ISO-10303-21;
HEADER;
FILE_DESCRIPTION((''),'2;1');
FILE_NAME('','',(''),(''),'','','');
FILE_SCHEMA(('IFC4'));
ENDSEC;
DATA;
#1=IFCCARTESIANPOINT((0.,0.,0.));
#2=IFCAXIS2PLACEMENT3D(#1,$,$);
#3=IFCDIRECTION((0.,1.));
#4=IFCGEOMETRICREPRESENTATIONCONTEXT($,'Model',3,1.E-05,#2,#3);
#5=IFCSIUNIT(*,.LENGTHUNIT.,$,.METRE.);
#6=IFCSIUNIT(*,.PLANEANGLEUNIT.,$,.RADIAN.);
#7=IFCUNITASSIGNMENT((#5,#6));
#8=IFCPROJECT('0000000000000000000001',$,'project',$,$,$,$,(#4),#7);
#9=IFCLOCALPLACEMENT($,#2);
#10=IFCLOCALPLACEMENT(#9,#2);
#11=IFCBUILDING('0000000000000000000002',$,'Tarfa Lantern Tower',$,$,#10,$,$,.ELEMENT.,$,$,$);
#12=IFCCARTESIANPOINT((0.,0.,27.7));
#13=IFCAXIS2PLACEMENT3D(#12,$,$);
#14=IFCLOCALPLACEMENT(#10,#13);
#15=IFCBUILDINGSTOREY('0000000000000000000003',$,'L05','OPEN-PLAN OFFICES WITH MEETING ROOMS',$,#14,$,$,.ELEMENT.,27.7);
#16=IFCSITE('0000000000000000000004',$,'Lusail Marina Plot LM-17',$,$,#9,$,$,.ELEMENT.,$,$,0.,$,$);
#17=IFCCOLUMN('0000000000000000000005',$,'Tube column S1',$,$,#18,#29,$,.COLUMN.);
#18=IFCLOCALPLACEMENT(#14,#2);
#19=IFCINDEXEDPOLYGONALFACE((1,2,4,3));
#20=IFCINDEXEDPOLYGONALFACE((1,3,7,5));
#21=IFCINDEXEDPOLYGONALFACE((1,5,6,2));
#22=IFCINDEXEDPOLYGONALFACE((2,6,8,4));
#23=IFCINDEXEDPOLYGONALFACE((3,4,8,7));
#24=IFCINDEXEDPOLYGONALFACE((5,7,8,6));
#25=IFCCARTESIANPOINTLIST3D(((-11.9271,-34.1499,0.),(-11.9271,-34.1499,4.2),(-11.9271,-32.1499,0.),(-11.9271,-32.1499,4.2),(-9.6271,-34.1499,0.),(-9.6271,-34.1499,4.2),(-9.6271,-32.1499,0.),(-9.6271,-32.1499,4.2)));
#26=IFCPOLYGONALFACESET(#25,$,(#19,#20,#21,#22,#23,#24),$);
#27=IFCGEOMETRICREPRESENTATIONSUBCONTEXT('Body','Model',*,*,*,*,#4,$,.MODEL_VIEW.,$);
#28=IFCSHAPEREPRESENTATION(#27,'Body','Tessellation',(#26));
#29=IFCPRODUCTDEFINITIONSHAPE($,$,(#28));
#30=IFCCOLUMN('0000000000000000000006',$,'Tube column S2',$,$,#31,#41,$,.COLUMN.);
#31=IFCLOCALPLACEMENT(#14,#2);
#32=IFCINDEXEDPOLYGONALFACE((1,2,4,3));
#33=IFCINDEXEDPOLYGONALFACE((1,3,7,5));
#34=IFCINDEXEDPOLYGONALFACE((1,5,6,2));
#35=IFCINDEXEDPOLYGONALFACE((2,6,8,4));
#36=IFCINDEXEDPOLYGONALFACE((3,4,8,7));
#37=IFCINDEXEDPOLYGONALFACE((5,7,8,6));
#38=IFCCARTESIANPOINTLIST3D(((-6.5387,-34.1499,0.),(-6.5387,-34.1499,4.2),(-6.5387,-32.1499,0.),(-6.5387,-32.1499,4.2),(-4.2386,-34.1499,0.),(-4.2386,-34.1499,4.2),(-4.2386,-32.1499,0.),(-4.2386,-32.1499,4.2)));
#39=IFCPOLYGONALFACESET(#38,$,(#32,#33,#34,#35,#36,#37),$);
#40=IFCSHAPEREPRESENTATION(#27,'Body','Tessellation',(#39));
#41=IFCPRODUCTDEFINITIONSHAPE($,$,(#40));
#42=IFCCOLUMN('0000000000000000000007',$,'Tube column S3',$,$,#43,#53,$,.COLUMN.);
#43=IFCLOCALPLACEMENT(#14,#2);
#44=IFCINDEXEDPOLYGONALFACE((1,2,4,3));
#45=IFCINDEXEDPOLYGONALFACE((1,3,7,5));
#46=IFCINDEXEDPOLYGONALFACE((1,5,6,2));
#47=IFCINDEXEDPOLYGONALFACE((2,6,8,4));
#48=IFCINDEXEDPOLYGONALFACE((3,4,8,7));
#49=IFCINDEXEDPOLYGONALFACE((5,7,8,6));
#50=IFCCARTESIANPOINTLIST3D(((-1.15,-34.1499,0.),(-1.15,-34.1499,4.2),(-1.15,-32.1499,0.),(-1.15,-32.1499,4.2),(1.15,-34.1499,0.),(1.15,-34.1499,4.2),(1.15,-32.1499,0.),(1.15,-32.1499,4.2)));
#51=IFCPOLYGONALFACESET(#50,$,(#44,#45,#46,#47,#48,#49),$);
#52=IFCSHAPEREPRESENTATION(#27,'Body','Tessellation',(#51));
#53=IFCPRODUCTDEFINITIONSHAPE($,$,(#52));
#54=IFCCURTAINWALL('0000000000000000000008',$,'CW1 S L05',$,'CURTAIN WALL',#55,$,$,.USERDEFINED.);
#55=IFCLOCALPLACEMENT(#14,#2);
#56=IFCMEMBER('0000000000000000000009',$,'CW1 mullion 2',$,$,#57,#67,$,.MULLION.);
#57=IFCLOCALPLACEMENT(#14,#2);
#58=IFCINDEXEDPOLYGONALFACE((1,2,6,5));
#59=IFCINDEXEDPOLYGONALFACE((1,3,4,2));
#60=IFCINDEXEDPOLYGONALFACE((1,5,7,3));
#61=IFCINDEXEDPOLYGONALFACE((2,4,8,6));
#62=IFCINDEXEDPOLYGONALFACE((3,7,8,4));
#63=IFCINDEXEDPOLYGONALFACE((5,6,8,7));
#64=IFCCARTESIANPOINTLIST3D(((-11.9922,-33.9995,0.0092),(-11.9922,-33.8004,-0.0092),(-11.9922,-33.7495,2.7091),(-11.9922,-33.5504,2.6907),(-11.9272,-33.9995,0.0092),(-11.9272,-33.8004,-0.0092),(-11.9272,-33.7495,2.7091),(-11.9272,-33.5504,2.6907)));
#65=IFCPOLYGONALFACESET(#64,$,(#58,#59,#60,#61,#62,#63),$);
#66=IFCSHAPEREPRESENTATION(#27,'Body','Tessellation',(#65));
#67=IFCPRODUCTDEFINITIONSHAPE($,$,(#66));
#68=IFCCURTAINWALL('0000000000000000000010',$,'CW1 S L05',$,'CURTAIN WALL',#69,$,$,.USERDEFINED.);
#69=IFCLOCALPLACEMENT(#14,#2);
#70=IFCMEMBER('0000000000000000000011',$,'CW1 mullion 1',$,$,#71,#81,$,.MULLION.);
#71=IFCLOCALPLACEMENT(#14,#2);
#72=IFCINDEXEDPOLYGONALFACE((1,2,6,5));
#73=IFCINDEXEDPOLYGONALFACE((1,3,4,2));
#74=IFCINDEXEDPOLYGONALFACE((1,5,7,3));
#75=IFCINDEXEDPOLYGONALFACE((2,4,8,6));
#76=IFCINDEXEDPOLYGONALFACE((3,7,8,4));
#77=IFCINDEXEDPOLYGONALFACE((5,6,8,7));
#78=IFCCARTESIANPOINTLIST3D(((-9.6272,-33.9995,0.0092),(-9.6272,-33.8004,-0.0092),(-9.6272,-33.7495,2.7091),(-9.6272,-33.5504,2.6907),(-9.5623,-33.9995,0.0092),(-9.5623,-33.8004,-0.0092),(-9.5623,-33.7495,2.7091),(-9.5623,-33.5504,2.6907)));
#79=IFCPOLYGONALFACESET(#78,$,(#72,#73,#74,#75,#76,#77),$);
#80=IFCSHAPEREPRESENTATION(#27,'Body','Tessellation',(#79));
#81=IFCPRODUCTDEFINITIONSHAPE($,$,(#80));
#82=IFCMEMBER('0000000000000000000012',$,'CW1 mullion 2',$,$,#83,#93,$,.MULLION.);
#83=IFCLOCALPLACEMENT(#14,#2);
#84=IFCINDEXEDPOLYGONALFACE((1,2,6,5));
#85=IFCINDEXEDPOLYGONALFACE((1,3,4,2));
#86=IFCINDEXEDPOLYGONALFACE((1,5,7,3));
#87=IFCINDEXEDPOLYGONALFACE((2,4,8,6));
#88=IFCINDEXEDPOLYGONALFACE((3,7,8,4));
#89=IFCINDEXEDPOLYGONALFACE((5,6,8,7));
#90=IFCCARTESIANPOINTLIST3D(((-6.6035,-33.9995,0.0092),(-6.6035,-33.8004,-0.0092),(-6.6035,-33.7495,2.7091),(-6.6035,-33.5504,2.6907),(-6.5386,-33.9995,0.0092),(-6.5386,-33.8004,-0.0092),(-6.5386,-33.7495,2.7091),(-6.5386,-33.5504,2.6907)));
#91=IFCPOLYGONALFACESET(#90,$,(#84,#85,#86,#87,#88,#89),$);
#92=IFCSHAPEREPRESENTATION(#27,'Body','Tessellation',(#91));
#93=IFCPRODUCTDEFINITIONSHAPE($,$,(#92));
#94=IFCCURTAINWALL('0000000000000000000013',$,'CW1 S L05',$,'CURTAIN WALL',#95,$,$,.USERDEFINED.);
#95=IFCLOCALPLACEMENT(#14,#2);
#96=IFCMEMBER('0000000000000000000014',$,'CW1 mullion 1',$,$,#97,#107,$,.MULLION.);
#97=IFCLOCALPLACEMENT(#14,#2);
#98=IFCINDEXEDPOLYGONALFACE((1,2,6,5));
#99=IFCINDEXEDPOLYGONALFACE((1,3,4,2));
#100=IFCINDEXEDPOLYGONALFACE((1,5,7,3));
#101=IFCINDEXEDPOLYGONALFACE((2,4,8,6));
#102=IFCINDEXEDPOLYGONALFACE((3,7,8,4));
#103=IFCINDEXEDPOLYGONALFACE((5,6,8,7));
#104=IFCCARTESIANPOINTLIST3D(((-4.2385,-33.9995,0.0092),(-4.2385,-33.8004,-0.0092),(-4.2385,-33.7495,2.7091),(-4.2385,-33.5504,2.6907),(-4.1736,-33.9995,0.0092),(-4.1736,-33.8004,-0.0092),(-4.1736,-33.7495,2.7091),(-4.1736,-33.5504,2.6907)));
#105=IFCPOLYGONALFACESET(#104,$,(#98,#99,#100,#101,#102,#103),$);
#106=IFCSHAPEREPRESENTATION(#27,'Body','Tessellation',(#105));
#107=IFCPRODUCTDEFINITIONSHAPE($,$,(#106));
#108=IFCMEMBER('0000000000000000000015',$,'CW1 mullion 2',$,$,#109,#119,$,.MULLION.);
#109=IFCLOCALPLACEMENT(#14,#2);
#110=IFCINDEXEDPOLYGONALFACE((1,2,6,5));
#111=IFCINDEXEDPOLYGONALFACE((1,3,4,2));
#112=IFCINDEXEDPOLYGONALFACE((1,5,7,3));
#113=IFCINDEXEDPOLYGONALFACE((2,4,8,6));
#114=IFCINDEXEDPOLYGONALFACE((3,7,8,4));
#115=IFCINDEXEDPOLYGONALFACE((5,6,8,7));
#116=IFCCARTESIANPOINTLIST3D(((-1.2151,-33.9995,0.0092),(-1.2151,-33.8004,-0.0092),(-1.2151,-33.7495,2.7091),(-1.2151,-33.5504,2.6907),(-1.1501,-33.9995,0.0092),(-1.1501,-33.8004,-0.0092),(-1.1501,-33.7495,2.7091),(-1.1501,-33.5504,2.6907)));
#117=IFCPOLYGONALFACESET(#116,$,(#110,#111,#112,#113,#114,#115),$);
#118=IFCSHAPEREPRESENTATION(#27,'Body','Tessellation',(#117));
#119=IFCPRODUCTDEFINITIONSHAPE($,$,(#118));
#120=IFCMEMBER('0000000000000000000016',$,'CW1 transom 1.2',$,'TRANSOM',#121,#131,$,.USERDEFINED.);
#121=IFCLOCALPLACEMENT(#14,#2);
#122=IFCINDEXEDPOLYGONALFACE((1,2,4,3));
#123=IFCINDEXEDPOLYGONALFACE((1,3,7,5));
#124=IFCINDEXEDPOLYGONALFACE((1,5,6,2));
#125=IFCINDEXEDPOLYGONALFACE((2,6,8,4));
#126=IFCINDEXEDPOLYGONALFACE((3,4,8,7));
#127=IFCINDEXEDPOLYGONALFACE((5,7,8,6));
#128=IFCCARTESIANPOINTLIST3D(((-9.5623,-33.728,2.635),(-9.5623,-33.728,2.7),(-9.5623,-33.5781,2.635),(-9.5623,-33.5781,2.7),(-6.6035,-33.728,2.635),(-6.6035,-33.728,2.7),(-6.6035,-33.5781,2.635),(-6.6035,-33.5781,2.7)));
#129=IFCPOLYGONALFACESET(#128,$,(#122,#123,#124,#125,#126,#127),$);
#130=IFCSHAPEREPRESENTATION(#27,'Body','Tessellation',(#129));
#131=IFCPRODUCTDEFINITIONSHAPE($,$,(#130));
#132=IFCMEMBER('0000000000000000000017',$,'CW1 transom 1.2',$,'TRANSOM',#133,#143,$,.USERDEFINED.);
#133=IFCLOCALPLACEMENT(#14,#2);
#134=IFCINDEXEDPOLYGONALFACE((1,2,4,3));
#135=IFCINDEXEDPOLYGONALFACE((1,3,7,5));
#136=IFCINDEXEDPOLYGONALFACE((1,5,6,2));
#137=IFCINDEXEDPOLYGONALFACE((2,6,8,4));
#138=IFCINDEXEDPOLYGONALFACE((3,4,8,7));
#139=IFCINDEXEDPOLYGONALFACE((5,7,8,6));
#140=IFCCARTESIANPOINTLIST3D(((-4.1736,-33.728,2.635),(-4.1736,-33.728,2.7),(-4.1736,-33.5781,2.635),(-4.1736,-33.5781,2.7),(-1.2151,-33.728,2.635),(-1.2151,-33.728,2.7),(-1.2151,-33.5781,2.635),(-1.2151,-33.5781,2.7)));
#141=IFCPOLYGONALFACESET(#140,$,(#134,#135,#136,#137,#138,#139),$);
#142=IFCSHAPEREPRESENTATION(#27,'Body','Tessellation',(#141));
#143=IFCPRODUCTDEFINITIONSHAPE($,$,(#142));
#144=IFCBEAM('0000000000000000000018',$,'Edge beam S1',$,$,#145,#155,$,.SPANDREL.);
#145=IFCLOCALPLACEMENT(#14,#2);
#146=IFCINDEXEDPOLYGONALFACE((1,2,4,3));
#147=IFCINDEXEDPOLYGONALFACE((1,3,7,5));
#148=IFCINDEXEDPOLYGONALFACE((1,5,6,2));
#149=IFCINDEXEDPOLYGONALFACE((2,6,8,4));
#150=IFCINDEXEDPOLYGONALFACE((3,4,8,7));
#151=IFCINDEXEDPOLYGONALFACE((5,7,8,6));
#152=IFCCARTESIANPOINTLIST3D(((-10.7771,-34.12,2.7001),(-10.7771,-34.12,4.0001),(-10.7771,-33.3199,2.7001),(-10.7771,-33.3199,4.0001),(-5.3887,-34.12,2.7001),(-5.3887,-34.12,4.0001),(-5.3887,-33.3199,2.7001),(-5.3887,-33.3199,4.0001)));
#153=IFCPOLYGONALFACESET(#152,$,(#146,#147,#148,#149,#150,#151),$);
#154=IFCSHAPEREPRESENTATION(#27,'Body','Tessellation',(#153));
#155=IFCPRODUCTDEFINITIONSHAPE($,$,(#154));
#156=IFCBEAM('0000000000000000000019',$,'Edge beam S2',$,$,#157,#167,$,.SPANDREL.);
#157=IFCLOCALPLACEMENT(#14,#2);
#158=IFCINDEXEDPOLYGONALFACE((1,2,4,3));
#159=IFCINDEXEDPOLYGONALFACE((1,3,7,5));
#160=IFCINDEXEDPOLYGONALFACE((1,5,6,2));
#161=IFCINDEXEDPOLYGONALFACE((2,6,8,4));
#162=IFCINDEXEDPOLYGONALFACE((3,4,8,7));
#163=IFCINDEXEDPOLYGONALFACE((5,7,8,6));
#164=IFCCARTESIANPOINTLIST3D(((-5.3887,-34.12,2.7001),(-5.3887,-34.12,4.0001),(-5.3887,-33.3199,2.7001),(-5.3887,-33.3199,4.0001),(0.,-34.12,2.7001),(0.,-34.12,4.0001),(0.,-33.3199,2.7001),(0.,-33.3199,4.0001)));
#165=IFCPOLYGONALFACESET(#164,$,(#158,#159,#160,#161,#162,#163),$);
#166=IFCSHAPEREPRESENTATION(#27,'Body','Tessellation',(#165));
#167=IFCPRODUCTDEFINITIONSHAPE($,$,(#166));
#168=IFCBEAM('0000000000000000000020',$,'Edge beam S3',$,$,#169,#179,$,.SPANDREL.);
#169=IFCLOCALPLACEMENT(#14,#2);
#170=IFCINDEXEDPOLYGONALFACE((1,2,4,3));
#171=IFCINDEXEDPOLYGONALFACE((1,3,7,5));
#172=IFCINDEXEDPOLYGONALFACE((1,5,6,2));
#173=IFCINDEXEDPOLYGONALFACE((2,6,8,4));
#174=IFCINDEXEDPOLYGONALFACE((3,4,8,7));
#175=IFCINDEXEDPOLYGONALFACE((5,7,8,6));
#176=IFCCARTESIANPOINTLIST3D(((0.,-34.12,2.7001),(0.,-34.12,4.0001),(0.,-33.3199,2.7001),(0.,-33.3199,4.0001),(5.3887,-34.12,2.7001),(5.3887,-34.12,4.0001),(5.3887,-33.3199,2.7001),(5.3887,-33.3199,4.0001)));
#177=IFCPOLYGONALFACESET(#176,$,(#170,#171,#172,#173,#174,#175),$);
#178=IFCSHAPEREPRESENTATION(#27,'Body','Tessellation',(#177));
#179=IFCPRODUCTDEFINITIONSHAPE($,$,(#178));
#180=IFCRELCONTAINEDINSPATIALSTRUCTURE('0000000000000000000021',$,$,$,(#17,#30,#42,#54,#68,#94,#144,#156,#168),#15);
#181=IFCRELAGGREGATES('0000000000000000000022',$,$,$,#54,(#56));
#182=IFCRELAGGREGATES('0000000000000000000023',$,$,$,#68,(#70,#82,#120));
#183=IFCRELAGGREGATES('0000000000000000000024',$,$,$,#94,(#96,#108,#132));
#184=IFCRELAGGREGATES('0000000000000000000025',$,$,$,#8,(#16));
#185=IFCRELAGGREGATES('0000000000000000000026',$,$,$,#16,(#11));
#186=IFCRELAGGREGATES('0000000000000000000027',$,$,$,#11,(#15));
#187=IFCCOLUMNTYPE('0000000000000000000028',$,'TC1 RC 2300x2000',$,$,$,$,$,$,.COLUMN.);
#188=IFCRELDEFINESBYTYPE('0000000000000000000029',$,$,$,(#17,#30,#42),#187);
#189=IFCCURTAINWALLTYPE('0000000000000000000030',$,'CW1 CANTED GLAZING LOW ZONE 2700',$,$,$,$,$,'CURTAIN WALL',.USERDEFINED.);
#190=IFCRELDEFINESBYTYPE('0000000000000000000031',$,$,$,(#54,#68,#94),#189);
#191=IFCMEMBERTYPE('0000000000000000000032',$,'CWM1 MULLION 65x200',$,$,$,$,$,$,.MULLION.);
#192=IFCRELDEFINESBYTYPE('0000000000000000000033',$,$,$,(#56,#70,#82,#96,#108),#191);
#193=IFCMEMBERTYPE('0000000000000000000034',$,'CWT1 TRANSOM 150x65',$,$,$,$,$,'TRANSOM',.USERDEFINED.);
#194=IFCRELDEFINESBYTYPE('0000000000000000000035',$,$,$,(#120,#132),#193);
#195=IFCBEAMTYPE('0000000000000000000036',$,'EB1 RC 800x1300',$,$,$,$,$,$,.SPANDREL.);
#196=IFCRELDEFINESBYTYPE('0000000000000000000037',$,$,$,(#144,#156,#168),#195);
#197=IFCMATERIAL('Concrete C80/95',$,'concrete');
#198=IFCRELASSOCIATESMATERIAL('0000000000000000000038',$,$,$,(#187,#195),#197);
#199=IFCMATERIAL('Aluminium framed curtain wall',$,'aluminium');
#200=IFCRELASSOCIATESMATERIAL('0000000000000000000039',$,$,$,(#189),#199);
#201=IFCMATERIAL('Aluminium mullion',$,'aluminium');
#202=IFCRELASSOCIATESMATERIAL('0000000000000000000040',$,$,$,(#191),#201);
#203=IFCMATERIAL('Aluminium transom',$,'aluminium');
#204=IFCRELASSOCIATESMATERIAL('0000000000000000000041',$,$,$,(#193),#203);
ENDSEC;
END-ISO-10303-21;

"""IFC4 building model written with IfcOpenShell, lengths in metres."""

from ifc_helpers import new_model, si_unit, direction, frame, origin, origin_2d, place, context, subcontext, project, spatial, rectangle, extrude, material, material_profile, profile_set, type_object, element, aggregate, save


model = new_model("IFC4")

# Units and contexts
model_context = context("Model", 3, precision=1e-05, world=origin(), true_north=direction((0.0, 1.0)))
body_context = subcontext(model_context, "Body", "Model", "MODEL_VIEW")
ifc_project = project(units=[si_unit("LENGTHUNIT", "METRE"), si_unit("PLANEANGLEUNIT", "RADIAN")], contexts=[model_context])

# Site, building, storey
site_placement = place(None, origin())
site = spatial("IfcSite", under=ifc_project, at=site_placement, Name="Lusail Marina Plot LM-17", CompositionType="ELEMENT", RefElevation=0.0)
building_placement = place(site_placement, origin())
building = spatial("IfcBuilding", under=site, at=building_placement, Name="Tarfa Lantern Tower", CompositionType="ELEMENT")
storey_placement = place(building_placement, frame((0.0, 0.0, 27.7)))
storey = spatial("IfcBuildingStorey", under=building, at=storey_placement, Name="L05", Description="OPEN-PLAN OFFICES WITH MEETING ROOMS", CompositionType="ELEMENT", Elevation=27.7)

# Columns
ifc_material_1 = material(Name="Concrete C80/95", Category="concrete")
ifc_material_profile_1 = material_profile(ifc_material_1, rectangle(XDim=2.3, YDim=2.0, at=origin_2d()), Name="RC 2300x2000")
ifc_profile_set_1 = profile_set([ifc_material_profile_1], Name="Concrete C80/95")
column_type = type_object("IfcColumnType", Name="TC1 RC 2300x2000", PredefinedType="COLUMN", material=ifc_profile_set_1)
for number, where, z_axis, x_axis, name in (
    (1, (-10.7771, -33.1499, 0.0), (0.0, 0.0, 1.0), (1.0, 0.0, 0.0), "Tube column S1"),
    (2, (-5.3887, -33.1499, 0.0), (0.0, 0.0, 1.0), (1.0, 0.0, 0.0), "Tube column S2"),
    (3, (0.0, -33.1499, 0.0), (0.0, 0.0, 1.0), (1.0, 0.0, 0.0), "Tube column S3"),
):
    element("IfcColumn", number, at=place(storey_placement, frame(where, z_axis=z_axis, x_axis=x_axis)), inside=storey, type_object=column_type, Name=name, PredefinedType="COLUMN", context=body_context, shape_type="SweptSolid", body=[
        extrude(rectangle(XDim=2.3, YDim=2.0, at=origin_2d()), origin(), (0.0, 0.0, 1.0), 4.2),
    ])

# Curtain wall, member
ifc_material_2 = material(Name="Aluminium framed curtain wall", Category="aluminium")
curtain_wall_type = type_object("IfcCurtainWallType", Name="CW1 CANTED GLAZING LOW ZONE 2700", ElementType="CURTAIN WALL", PredefinedType="USERDEFINED", material=ifc_material_2)
curtain_wall_1_placement = place(storey_placement, origin())
curtain_wall_1 = element("IfcCurtainWall", 4, at=curtain_wall_1_placement, inside=storey, type_object=curtain_wall_type, Name="CW1 S L05", ObjectType="CURTAIN WALL", PredefinedType="USERDEFINED")
ifc_material_3 = material(Name="Aluminium mullion", Category="aluminium")
ifc_material_profile_2 = material_profile(ifc_material_3, rectangle(XDim=0.0649, YDim=0.2, at=origin_2d()), Name="AL MULLION 65x200")
ifc_profile_set_2 = profile_set([ifc_material_profile_2], Name="Aluminium mullion")
member_type_1 = type_object("IfcMemberType", Name="CWM1 MULLION 65x200", PredefinedType="MULLION", material=ifc_profile_set_2)
member_1_placement = place(storey_placement, frame((-11.9597, -33.8999, 0.0), z_axis=(0.0, 0.0922, 0.995741), x_axis=(-1.0, 0.0, 0.0)))
member_1 = element("IfcMember", 5, at=member_1_placement, type_object=member_type_1, Name="CW1 mullion 2", PredefinedType="MULLION", context=body_context, shape_type="SweptSolid", body=[
    extrude(rectangle(XDim=0.0649, YDim=0.2, at=origin_2d()), origin(), (0.0, 0.0, 1.0), 2.7114),
])
aggregate(curtain_wall_1, [member_1])

# Curtain walls, members
curtain_wall_2_placement = place(storey_placement, origin())
curtain_wall_2 = element("IfcCurtainWall", 6, at=curtain_wall_2_placement, inside=storey, type_object=curtain_wall_type, Name="CW1 S L05", ObjectType="CURTAIN WALL", PredefinedType="USERDEFINED")
member_2_placement = place(storey_placement, frame((-9.5947, -33.8999, 0.0), z_axis=(0.0, 0.0922, 0.995741), x_axis=(-1.0, 0.0, 0.0)))
member_2 = element("IfcMember", 7, at=member_2_placement, type_object=member_type_1, Name="CW1 mullion 1", PredefinedType="MULLION", context=body_context, shape_type="SweptSolid", body=[
    extrude(rectangle(XDim=0.0649, YDim=0.2, at=origin_2d()), origin(), (0.0, 0.0, 1.0), 2.7114),
])
member_3_placement = place(storey_placement, frame((-6.571, -33.8999, 0.0), z_axis=(0.0, 0.0922, 0.995741), x_axis=(-1.0, 0.0, 0.0)))
member_3 = element("IfcMember", 8, at=member_3_placement, type_object=member_type_1, Name="CW1 mullion 2", PredefinedType="MULLION", context=body_context, shape_type="SweptSolid", body=[
    extrude(rectangle(XDim=0.0649, YDim=0.2, at=origin_2d()), origin(), (0.0, 0.0, 1.0), 2.7114),
])
curtain_wall_3_placement = place(storey_placement, origin())
curtain_wall_3 = element("IfcCurtainWall", 9, at=curtain_wall_3_placement, inside=storey, type_object=curtain_wall_type, Name="CW1 S L05", ObjectType="CURTAIN WALL", PredefinedType="USERDEFINED")
member_4_placement = place(storey_placement, frame((-4.2061, -33.8999, 0.0), z_axis=(0.0, 0.0922, 0.995741), x_axis=(-1.0, 0.0, 0.0)))
member_4 = element("IfcMember", 10, at=member_4_placement, type_object=member_type_1, Name="CW1 mullion 1", PredefinedType="MULLION", context=body_context, shape_type="SweptSolid", body=[
    extrude(rectangle(XDim=0.0649, YDim=0.2, at=origin_2d()), origin(), (0.0, 0.0, 1.0), 2.7114),
])
member_5_placement = place(storey_placement, frame((-1.1826, -33.8999, 0.0), z_axis=(0.0, 0.0922, 0.995741), x_axis=(-1.0, 0.0, 0.0)))
member_5 = element("IfcMember", 11, at=member_5_placement, type_object=member_type_1, Name="CW1 mullion 2", PredefinedType="MULLION", context=body_context, shape_type="SweptSolid", body=[
    extrude(rectangle(XDim=0.0649, YDim=0.2, at=origin_2d()), origin(), (0.0, 0.0, 1.0), 2.7114),
])

# Members
ifc_material_4 = material(Name="Aluminium transom", Category="aluminium")
ifc_material_profile_3 = material_profile(ifc_material_4, rectangle(XDim=0.1499, YDim=0.0649, at=origin_2d()), Name="AL TRANSOM 150x65")
ifc_profile_set_3 = profile_set([ifc_material_profile_3], Name="Aluminium transom")
member_type_2 = type_object("IfcMemberType", Name="CWT1 TRANSOM 150x65", ElementType="TRANSOM", PredefinedType="USERDEFINED", material=ifc_profile_set_3)
member_6_placement = place(storey_placement, frame((-9.5623, -33.6531, 2.6675), z_axis=(1.0, 0.0, 0.0), x_axis=(0.0, 1.0, 0.0)))
member_6 = element("IfcMember", 12, at=member_6_placement, type_object=member_type_2, Name="CW1 transom 1.2", ObjectType="TRANSOM", PredefinedType="USERDEFINED", context=body_context, shape_type="SweptSolid", body=[
    extrude(rectangle(XDim=0.1499, YDim=0.0649, at=origin_2d()), origin(), (0.0, 0.0, 1.0), 2.9587),
])
member_7_placement = place(storey_placement, frame((-4.1736, -33.6531, 2.6675), z_axis=(1.0, 0.0, 0.0), x_axis=(0.0, 1.0, 0.0)))
member_7 = element("IfcMember", 13, at=member_7_placement, type_object=member_type_2, Name="CW1 transom 1.2", ObjectType="TRANSOM", PredefinedType="USERDEFINED", context=body_context, shape_type="SweptSolid", body=[
    extrude(rectangle(XDim=0.1499, YDim=0.0649, at=origin_2d()), origin(), (0.0, 0.0, 1.0), 2.9585),
])

# Beams
ifc_material_profile_4 = material_profile(ifc_material_1, rectangle(XDim=0.8, YDim=1.3, at=origin_2d()), Name="RC 800x1300")
ifc_profile_set_4 = profile_set([ifc_material_profile_4], Name="Concrete C80/95")
beam_type_1 = type_object("IfcBeamType", Name="EB1 RC 800x1300", PredefinedType="SPANDREL", material=ifc_profile_set_4)
beam_placement = place(storey_placement, frame((-10.7771, -33.72, 3.3501), z_axis=(1.0, 0.0, 0.0), x_axis=(0.0, 1.0, 0.0)))
element("IfcBeam", 14, at=beam_placement, inside=storey, type_object=beam_type_1, Name="Edge beam S1", PredefinedType="SPANDREL", context=body_context, shape_type="SweptSolid", body=[
    extrude(rectangle(XDim=0.8, YDim=1.3, at=origin_2d()), origin(), (0.0, 0.0, 1.0), 5.3884),
])
for number, where, z_axis, x_axis, name in (
    (15, (-5.3887, -33.72, 3.3501), (1.0, 0.0, 0.0), (0.0, 1.0, 0.0), "Edge beam S2"),
    (16, (0.0, -33.72, 3.3501), (1.0, 0.0, 0.0), (0.0, 1.0, 0.0), "Edge beam S3"),
):
    element("IfcBeam", number, at=place(storey_placement, frame(where, z_axis=z_axis, x_axis=x_axis)), inside=storey, type_object=beam_type_1, Name=name, PredefinedType="SPANDREL", context=body_context, shape_type="SweptSolid", body=[
        extrude(rectangle(XDim=0.8, YDim=1.3, at=origin_2d()), origin(), (0.0, 0.0, 1.0), 5.3887),
    ])

aggregate(curtain_wall_2, [member_2, member_3, member_6])
aggregate(curtain_wall_3, [member_4, member_5, member_7])

save(model, "model.ifc")
